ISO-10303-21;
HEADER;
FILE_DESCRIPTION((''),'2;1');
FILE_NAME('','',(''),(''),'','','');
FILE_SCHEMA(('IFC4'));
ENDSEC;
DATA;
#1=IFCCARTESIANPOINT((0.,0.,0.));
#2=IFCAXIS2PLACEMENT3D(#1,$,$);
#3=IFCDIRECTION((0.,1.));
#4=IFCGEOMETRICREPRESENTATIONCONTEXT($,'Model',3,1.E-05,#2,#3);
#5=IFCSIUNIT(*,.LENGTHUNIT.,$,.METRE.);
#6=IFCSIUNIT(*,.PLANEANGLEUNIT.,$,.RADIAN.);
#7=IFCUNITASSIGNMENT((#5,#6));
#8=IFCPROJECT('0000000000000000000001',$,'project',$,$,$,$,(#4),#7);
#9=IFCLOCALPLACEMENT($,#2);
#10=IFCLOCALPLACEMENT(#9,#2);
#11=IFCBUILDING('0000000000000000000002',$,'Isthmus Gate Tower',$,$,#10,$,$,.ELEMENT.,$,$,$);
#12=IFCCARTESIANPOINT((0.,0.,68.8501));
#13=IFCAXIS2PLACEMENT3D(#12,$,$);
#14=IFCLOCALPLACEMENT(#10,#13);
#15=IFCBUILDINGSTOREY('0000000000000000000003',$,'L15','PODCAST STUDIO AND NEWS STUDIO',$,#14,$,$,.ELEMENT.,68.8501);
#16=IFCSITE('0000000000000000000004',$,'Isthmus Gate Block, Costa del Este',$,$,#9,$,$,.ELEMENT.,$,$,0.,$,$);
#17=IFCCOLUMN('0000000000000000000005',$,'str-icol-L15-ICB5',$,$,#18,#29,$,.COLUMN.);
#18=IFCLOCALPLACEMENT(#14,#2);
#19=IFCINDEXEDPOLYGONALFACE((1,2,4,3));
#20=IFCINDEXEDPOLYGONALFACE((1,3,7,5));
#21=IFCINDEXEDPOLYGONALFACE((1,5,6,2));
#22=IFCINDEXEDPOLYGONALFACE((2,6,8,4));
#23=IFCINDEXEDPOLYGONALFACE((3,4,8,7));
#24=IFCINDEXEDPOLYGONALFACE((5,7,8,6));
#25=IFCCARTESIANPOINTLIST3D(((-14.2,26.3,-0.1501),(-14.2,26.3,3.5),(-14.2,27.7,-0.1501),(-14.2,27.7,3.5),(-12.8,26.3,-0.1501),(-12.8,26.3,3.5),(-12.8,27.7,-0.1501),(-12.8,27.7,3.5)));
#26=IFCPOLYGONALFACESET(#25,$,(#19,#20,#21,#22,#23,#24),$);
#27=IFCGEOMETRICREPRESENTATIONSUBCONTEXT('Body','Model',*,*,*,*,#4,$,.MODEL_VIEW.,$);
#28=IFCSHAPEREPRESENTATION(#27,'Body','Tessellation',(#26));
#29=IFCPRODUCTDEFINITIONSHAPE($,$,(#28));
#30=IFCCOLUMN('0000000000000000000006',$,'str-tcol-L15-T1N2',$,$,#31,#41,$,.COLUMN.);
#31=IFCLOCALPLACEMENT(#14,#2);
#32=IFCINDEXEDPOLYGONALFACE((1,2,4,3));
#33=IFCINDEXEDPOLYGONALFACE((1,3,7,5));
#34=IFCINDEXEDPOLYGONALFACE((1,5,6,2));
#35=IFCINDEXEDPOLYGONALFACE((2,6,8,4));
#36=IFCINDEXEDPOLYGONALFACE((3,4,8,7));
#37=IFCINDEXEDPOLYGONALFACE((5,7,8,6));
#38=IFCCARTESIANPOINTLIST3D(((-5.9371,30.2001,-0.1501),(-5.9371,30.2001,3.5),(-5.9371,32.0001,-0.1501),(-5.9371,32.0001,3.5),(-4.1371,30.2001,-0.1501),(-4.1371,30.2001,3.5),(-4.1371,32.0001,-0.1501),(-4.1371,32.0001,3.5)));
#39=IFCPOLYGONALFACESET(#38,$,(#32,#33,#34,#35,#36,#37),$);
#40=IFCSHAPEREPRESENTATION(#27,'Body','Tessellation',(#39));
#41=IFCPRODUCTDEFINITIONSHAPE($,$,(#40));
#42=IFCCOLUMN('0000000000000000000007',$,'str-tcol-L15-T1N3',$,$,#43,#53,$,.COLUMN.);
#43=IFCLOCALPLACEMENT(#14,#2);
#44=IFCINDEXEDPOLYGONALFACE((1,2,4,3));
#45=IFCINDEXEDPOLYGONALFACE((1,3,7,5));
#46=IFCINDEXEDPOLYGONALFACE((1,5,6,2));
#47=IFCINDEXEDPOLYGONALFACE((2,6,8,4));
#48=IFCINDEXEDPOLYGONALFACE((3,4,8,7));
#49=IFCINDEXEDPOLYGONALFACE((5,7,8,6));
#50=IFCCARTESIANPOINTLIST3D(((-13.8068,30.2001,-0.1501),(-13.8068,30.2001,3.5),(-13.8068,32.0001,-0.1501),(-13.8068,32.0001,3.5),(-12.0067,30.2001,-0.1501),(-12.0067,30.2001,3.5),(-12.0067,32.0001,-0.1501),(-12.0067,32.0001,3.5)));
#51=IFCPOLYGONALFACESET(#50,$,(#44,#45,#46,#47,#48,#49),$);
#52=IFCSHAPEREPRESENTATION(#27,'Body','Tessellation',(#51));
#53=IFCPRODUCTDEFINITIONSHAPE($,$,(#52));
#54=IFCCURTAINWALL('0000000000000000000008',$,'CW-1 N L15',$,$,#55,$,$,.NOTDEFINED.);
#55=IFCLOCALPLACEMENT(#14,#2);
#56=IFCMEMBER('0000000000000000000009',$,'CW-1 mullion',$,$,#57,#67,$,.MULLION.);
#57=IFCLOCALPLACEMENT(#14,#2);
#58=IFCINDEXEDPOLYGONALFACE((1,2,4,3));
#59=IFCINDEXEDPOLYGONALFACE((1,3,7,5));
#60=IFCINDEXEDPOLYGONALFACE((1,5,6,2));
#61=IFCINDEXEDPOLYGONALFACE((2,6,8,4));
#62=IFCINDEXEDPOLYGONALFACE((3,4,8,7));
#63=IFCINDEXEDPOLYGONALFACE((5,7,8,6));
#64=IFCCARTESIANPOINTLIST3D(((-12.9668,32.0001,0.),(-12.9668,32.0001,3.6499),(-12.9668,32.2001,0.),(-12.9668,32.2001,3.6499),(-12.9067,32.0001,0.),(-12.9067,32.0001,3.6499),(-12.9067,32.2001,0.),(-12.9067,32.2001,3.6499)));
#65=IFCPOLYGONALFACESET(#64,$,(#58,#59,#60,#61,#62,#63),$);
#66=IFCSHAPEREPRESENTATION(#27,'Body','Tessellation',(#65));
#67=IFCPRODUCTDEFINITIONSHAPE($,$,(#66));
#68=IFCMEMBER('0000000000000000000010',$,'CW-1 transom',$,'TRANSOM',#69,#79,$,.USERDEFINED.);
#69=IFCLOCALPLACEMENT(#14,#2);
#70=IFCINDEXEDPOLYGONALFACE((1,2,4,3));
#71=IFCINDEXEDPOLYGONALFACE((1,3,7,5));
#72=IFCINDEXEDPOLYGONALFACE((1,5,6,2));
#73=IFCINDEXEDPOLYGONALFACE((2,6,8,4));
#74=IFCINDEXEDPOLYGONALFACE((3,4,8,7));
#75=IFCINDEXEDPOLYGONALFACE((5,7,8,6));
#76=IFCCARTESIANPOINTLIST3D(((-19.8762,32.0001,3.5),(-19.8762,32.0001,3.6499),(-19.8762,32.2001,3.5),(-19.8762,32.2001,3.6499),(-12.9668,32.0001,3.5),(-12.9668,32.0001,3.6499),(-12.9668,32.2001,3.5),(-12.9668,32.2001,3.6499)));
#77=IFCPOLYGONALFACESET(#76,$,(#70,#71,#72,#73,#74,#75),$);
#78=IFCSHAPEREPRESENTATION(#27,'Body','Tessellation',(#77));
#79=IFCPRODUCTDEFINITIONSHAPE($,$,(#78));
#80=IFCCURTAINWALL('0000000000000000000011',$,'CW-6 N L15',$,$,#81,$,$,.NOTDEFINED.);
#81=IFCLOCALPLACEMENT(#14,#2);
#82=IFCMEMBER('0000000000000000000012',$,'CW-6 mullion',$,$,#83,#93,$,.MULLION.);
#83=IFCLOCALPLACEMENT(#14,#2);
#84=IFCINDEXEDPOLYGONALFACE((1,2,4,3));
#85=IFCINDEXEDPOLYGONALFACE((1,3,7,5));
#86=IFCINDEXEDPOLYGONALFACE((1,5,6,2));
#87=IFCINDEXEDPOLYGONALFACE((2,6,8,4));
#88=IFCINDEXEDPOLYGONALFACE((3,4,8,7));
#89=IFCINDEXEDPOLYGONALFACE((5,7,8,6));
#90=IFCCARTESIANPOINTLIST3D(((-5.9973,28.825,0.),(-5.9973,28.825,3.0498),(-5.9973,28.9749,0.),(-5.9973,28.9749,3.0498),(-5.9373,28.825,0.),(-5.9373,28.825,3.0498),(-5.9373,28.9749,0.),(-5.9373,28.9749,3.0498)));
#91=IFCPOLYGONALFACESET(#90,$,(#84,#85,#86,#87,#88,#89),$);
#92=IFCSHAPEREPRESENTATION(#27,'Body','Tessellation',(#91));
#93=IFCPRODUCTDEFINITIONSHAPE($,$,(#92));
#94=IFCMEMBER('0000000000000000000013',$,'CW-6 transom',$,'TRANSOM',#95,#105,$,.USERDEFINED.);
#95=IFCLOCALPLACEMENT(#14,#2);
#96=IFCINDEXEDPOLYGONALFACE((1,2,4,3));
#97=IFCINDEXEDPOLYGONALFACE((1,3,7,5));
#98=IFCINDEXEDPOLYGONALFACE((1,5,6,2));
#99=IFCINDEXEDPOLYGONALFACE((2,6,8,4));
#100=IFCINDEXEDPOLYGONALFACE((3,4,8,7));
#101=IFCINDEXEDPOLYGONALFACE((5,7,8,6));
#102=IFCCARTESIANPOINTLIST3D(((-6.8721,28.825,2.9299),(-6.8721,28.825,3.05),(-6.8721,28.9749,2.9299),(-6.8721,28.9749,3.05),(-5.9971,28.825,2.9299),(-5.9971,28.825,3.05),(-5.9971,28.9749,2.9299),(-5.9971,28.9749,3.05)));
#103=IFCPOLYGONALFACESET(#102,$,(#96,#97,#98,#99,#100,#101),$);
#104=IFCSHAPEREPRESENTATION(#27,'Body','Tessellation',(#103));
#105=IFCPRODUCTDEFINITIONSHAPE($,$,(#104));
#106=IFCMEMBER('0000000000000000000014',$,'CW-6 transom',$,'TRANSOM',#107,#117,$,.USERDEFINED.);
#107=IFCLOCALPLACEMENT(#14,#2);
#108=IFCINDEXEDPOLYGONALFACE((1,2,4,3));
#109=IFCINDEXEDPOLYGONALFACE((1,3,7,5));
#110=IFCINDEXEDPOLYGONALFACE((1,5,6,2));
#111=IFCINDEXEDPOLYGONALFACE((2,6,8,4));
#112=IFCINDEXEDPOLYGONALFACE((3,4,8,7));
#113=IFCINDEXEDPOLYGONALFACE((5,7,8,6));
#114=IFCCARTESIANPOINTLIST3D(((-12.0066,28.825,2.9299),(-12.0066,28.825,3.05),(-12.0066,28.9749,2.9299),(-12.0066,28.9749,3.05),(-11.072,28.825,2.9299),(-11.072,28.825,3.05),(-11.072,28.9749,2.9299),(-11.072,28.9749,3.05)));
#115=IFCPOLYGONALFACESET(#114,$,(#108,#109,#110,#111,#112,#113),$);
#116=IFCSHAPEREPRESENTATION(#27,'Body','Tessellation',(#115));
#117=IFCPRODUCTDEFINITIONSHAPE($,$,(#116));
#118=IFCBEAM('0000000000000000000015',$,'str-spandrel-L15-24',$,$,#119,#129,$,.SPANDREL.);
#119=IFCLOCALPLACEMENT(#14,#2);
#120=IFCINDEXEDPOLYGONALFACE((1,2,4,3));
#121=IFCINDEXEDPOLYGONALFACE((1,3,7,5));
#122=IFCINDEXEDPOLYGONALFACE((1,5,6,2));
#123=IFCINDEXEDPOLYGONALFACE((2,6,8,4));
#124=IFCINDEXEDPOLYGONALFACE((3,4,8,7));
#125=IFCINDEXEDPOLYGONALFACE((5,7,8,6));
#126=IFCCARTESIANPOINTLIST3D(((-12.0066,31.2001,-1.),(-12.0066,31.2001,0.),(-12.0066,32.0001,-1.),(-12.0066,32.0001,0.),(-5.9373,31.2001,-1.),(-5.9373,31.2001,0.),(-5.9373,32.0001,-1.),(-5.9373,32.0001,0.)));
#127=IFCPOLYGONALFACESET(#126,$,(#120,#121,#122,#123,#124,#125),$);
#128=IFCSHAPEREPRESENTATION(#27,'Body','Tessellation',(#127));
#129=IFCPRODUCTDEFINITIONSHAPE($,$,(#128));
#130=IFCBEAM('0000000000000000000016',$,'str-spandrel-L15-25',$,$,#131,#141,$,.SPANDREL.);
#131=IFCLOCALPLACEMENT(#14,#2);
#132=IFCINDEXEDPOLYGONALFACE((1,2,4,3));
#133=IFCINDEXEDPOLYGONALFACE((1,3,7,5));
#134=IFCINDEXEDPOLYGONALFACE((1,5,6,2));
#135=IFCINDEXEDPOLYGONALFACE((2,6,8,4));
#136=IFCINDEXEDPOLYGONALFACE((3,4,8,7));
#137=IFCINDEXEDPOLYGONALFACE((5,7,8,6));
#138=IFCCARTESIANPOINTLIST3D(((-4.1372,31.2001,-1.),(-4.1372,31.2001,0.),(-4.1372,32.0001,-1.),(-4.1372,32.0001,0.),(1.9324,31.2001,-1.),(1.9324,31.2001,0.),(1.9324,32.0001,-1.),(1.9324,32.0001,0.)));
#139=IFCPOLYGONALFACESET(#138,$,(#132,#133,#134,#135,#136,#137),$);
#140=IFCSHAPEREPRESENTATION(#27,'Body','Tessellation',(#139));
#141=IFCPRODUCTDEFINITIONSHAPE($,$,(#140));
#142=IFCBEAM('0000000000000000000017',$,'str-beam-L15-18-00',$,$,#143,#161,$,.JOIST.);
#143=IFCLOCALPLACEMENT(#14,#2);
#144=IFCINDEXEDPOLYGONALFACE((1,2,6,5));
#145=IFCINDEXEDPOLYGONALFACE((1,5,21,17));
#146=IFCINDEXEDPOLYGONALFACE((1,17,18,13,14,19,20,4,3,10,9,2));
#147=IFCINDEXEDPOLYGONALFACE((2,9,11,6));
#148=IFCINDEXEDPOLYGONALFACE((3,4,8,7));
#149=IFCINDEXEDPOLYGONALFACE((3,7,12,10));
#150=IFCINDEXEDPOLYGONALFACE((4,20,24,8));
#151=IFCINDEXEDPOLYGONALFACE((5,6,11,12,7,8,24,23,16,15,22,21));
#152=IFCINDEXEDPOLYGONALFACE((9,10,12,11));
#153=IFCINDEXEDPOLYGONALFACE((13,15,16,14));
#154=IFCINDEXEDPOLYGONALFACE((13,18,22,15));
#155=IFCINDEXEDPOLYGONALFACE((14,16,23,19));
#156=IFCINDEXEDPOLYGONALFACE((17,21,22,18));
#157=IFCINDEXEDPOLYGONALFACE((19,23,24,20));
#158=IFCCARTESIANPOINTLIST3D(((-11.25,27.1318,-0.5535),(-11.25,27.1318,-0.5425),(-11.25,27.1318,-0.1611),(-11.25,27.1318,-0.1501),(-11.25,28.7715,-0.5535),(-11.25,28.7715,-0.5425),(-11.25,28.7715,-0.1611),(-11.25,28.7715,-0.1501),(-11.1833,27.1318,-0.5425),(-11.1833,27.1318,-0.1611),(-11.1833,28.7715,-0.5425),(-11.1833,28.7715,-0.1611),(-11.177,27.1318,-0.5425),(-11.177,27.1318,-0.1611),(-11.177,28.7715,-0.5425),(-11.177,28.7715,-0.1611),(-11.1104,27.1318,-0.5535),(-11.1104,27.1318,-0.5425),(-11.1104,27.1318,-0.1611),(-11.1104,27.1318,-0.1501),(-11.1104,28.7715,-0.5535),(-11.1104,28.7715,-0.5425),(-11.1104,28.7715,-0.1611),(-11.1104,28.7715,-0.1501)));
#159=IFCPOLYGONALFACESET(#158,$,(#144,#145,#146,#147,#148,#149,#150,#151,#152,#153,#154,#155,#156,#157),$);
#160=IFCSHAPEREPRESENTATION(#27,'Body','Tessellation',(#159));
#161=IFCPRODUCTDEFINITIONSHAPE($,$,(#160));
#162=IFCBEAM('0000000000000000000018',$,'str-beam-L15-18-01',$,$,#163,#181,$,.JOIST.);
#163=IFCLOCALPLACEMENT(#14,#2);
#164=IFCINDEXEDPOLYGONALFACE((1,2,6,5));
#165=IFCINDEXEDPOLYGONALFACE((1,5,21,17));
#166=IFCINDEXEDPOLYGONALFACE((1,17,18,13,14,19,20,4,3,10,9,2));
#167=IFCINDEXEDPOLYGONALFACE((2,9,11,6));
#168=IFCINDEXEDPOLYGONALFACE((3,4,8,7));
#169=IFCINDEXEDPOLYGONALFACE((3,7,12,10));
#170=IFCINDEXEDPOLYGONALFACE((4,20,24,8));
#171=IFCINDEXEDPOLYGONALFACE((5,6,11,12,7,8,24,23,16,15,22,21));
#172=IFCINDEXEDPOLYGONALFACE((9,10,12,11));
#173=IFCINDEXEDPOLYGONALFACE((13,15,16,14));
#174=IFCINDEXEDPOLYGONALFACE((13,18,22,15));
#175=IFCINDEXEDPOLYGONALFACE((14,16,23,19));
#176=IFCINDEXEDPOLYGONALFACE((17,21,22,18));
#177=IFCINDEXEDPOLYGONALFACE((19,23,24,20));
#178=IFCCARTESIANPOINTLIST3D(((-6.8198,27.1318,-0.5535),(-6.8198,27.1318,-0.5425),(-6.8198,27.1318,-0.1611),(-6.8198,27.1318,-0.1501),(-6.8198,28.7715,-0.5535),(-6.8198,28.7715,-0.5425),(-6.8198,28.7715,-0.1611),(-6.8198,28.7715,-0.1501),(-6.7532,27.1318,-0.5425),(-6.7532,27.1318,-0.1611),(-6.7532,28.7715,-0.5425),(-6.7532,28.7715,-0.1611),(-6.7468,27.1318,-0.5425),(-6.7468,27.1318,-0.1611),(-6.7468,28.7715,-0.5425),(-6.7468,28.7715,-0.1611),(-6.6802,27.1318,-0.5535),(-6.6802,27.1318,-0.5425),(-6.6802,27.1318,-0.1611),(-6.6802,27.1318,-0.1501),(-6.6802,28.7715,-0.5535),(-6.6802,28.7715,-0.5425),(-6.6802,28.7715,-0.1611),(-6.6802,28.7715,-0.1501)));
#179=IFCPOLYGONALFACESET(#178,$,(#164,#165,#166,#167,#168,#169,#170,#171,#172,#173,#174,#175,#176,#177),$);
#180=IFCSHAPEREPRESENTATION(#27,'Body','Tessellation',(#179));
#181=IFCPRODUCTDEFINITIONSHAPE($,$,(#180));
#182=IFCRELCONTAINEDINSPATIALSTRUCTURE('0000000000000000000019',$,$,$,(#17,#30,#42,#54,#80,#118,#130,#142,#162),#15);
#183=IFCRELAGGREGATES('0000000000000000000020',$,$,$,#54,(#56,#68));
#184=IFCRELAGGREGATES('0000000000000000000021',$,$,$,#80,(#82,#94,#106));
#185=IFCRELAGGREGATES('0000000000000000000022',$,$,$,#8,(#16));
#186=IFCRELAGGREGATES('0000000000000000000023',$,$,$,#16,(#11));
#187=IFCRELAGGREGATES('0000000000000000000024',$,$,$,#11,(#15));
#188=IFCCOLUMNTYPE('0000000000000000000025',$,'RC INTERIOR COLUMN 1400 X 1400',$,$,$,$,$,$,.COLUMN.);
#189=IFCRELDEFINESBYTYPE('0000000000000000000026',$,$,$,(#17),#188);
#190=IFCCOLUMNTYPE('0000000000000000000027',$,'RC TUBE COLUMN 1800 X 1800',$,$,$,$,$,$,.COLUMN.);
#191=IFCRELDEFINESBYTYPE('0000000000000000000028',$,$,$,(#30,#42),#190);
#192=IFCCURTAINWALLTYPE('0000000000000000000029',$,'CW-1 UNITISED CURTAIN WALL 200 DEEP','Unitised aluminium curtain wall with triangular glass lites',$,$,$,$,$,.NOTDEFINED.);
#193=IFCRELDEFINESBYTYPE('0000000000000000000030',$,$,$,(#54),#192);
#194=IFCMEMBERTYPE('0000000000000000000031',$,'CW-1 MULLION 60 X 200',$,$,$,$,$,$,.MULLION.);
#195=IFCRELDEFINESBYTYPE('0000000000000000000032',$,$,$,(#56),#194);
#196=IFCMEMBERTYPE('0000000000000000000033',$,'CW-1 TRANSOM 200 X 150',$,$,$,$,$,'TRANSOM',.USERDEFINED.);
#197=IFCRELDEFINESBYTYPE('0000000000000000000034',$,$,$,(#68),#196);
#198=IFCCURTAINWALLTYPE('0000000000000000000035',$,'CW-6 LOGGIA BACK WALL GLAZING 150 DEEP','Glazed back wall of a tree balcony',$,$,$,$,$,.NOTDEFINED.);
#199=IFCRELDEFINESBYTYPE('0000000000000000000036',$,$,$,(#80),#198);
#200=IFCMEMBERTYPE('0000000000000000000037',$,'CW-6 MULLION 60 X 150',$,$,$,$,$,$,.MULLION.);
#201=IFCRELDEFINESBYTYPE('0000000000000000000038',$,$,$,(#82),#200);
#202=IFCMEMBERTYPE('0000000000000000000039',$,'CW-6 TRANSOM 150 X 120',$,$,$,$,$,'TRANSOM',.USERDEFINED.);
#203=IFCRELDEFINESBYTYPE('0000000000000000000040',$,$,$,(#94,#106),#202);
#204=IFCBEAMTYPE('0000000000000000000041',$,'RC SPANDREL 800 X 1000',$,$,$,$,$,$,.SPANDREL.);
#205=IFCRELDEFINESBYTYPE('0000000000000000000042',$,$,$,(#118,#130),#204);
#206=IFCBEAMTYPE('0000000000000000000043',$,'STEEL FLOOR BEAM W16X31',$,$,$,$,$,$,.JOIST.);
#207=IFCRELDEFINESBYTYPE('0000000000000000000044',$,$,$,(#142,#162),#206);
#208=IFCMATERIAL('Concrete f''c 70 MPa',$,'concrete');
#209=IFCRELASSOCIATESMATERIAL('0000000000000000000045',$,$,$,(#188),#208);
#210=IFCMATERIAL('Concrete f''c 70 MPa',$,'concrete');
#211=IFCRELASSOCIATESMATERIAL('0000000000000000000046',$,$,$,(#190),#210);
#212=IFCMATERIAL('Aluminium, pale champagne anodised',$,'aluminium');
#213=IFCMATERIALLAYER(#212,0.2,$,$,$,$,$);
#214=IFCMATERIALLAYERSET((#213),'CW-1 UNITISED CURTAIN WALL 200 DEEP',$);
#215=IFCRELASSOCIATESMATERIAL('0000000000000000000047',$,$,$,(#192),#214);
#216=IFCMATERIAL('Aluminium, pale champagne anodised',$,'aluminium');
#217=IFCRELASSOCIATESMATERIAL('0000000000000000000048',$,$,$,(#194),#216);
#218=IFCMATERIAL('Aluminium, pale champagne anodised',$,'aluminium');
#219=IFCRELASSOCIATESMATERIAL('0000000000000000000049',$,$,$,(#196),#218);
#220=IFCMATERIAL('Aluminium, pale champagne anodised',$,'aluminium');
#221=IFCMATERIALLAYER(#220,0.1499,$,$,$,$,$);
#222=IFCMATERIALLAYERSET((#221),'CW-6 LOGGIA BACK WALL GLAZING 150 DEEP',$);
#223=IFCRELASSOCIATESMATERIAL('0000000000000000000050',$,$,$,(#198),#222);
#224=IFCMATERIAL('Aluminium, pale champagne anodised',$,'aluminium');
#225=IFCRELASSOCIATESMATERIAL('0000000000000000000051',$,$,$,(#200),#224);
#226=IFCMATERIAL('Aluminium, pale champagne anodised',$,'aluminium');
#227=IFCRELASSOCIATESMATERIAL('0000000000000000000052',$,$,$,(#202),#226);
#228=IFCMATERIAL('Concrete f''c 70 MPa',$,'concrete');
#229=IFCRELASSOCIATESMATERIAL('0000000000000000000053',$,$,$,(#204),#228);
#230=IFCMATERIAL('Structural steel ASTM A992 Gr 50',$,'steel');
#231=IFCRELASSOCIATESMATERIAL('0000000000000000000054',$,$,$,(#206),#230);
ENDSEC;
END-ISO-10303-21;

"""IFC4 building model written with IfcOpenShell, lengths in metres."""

from ifc_helpers import new_model, si_unit, direction, frame, origin, origin_2d, place, context, subcontext, project, spatial, rectangle, i_section, extrude, material, layer, layer_set, material_profile, profile_set, type_object, element, aggregate, save


model = new_model("IFC4")

# Units and contexts
model_context = context("Model", 3, precision=1e-05, world=origin(), true_north=direction((0.0, 1.0)))
body_context = subcontext(model_context, "Body", "Model", "MODEL_VIEW")
ifc_project = project(units=[si_unit("LENGTHUNIT", "METRE"), si_unit("PLANEANGLEUNIT", "RADIAN")], contexts=[model_context])

# Site, building, storey
site_placement = place(None, origin())
site = spatial("IfcSite", under=ifc_project, at=site_placement, Name="Isthmus Gate Block, Costa del Este", CompositionType="ELEMENT", RefElevation=0.0)
building_placement = place(site_placement, origin())
building = spatial("IfcBuilding", under=site, at=building_placement, Name="Isthmus Gate Tower", CompositionType="ELEMENT")
storey_placement = place(building_placement, frame((0.0, 0.0, 68.8501)))
storey = spatial("IfcBuildingStorey", under=building, at=storey_placement, Name="L15", Description="PODCAST STUDIO AND NEWS STUDIO", CompositionType="ELEMENT", Elevation=68.8501)

# Columns
ifc_material_1 = material(Name="Concrete f'c 70 MPa", Category="concrete")
ifc_material_profile_1 = material_profile(ifc_material_1, rectangle(XDim=1.3999, YDim=1.3999, at=origin_2d()), Name="RC 1400X1400")
ifc_profile_set_1 = profile_set([ifc_material_profile_1], Name="Concrete f'c 70 MPa")
column_type_1 = type_object("IfcColumnType", Name="RC INTERIOR COLUMN 1400 X 1400", PredefinedType="COLUMN", material=ifc_profile_set_1)
column_placement = place(storey_placement, frame((-13.5, 27.0, -0.1501), z_axis=(0.0, 0.0, 1.0), x_axis=(1.0, 0.0, 0.0)))
element("IfcColumn", 1, at=column_placement, inside=storey, type_object=column_type_1, Name="str-icol-L15-ICB5", PredefinedType="COLUMN", context=body_context, shape_type="SweptSolid", body=[
    extrude(rectangle(XDim=1.3999, YDim=1.3999, at=origin_2d()), origin(), (0.0, 0.0, 1.0), 3.6501),
])
ifc_material_2 = material(Name="Concrete f'c 70 MPa", Category="concrete")
ifc_material_profile_2 = material_profile(ifc_material_2, rectangle(XDim=1.8, YDim=1.8, at=origin_2d()), Name="RC 1800X1800")
ifc_profile_set_2 = profile_set([ifc_material_profile_2], Name="Concrete f'c 70 MPa")
column_type_2 = type_object("IfcColumnType", Name="RC TUBE COLUMN 1800 X 1800", PredefinedType="COLUMN", material=ifc_profile_set_2)
for number, where, z_axis, x_axis, name in (
    (2, (-5.0371, 31.1001, -0.1501), (0.0, 0.0, 1.0), (-1.0, 0.0, 0.0), "str-tcol-L15-T1N2"),
    (3, (-12.9067, 31.1001, -0.1501), (0.0, 0.0, 1.0), (-1.0, 0.0, 0.0), "str-tcol-L15-T1N3"),
):
    element("IfcColumn", number, at=place(storey_placement, frame(where, z_axis=z_axis, x_axis=x_axis)), inside=storey, type_object=column_type_2, Name=name, PredefinedType="COLUMN", context=body_context, shape_type="SweptSolid", body=[
        extrude(rectangle(XDim=1.8, YDim=1.8, at=origin_2d()), origin(), (0.0, 0.0, 1.0), 3.6501),
    ])

# Curtain walls, members
ifc_material_3 = material(Name="Aluminium, pale champagne anodised", Category="aluminium")
ifc_layer_1 = layer(ifc_material_3, 0.2)
ifc_layer_set_1 = layer_set([ifc_layer_1], Name="CW-1 UNITISED CURTAIN WALL 200 DEEP")
curtain_wall_type_1 = type_object("IfcCurtainWallType", Name="CW-1 UNITISED CURTAIN WALL 200 DEEP", Description="Unitised aluminium curtain wall with triangular glass lites", PredefinedType="NOTDEFINED", material=ifc_layer_set_1)
curtain_wall_1_placement = place(storey_placement, origin())
curtain_wall_1 = element("IfcCurtainWall", 4, at=curtain_wall_1_placement, inside=storey, type_object=curtain_wall_type_1, Name="CW-1 N L15", PredefinedType="NOTDEFINED")
ifc_material_4 = material(Name="Aluminium, pale champagne anodised", Category="aluminium")
ifc_material_profile_3 = material_profile(ifc_material_4, rectangle(XDim=0.0601, YDim=0.2, at=origin_2d()), Name="60x200")
ifc_profile_set_3 = profile_set([ifc_material_profile_3], Name="Aluminium, pale champagne anodised")
member_type_1 = type_object("IfcMemberType", Name="CW-1 MULLION 60 X 200", PredefinedType="MULLION", material=ifc_profile_set_3)
member_1_placement = place(storey_placement, frame((-12.9368, 32.1001, 0.0), z_axis=(0.0, 0.0, 1.0), x_axis=(-1.0, 0.0, 0.0)))
member_1 = element("IfcMember", 5, at=member_1_placement, type_object=member_type_1, Name="CW-1 mullion", PredefinedType="MULLION", context=body_context, shape_type="SweptSolid", body=[
    extrude(rectangle(XDim=0.0601, YDim=0.2, at=origin_2d()), origin(), (0.0, 0.0, 1.0), 3.6499),
])
ifc_material_5 = material(Name="Aluminium, pale champagne anodised", Category="aluminium")
ifc_material_profile_4 = material_profile(ifc_material_5, rectangle(XDim=0.2, YDim=0.1499, at=origin_2d()), Name="200x150")
ifc_profile_set_4 = profile_set([ifc_material_profile_4], Name="Aluminium, pale champagne anodised")
member_type_2 = type_object("IfcMemberType", Name="CW-1 TRANSOM 200 X 150", ElementType="TRANSOM", PredefinedType="USERDEFINED", material=ifc_profile_set_4)
member_2_placement = place(storey_placement, frame((-12.9668, 32.1001, 3.575), z_axis=(-1.0, 0.0, 0.0), x_axis=(0.0, -1.0, 0.0)))
member_2 = element("IfcMember", 6, at=member_2_placement, type_object=member_type_2, Name="CW-1 transom", ObjectType="TRANSOM", PredefinedType="USERDEFINED", context=body_context, shape_type="SweptSolid", body=[
    extrude(rectangle(XDim=0.2, YDim=0.1499, at=origin_2d()), origin(), (0.0, 0.0, 1.0), 6.9094),
])
ifc_material_6 = material(Name="Aluminium, pale champagne anodised", Category="aluminium")
ifc_layer_2 = layer(ifc_material_6, 0.1499)
ifc_layer_set_2 = layer_set([ifc_layer_2], Name="CW-6 LOGGIA BACK WALL GLAZING 150 DEEP")
curtain_wall_type_2 = type_object("IfcCurtainWallType", Name="CW-6 LOGGIA BACK WALL GLAZING 150 DEEP", Description="Glazed back wall of a tree balcony", PredefinedType="NOTDEFINED", material=ifc_layer_set_2)
curtain_wall_2_placement = place(storey_placement, origin())
curtain_wall_2 = element("IfcCurtainWall", 7, at=curtain_wall_2_placement, inside=storey, type_object=curtain_wall_type_2, Name="CW-6 N L15", PredefinedType="NOTDEFINED")
ifc_material_7 = material(Name="Aluminium, pale champagne anodised", Category="aluminium")
ifc_material_profile_5 = material_profile(ifc_material_7, rectangle(XDim=0.0601, YDim=0.1499, at=origin_2d()), Name="60x150")
ifc_profile_set_5 = profile_set([ifc_material_profile_5], Name="Aluminium, pale champagne anodised")
member_type_3 = type_object("IfcMemberType", Name="CW-6 MULLION 60 X 150", PredefinedType="MULLION", material=ifc_profile_set_5)
member_3_placement = place(storey_placement, frame((-5.9673, 28.8999, 0.0), z_axis=(0.0, 0.0, 1.0), x_axis=(-1.0, 0.0, 0.0)))
member_3 = element("IfcMember", 8, at=member_3_placement, type_object=member_type_3, Name="CW-6 mullion", PredefinedType="MULLION", context=body_context, shape_type="SweptSolid", body=[
    extrude(rectangle(XDim=0.0601, YDim=0.1499, at=origin_2d()), origin(), (0.0, 0.0, 1.0), 3.0498),
])
ifc_material_8 = material(Name="Aluminium, pale champagne anodised", Category="aluminium")
ifc_material_profile_6 = material_profile(ifc_material_8, rectangle(XDim=0.1499, YDim=0.1201, at=origin_2d()), Name="150x120")
ifc_profile_set_6 = profile_set([ifc_material_profile_6], Name="Aluminium, pale champagne anodised")
member_type_4 = type_object("IfcMemberType", Name="CW-6 TRANSOM 150 X 120", ElementType="TRANSOM", PredefinedType="USERDEFINED", material=ifc_profile_set_6)
member_4_placement = place(storey_placement, frame((-5.9971, 28.8999, 2.99), z_axis=(-1.0, 0.0, 0.0), x_axis=(0.0, -1.0, 0.0)))
member_4 = element("IfcMember", 9, at=member_4_placement, type_object=member_type_4, Name="CW-6 transom", ObjectType="TRANSOM", PredefinedType="USERDEFINED", context=body_context, shape_type="SweptSolid", body=[
    extrude(rectangle(XDim=0.1499, YDim=0.1201, at=origin_2d()), origin(), (0.0, 0.0, 1.0), 0.875),
])
member_5_placement = place(storey_placement, frame((-11.072, 28.8999, 2.99), z_axis=(-1.0, 0.0, 0.0), x_axis=(0.0, -1.0, 0.0)))
member_5 = element("IfcMember", 10, at=member_5_placement, type_object=member_type_4, Name="CW-6 transom", ObjectType="TRANSOM", PredefinedType="USERDEFINED", context=body_context, shape_type="SweptSolid", body=[
    extrude(rectangle(XDim=0.1499, YDim=0.1201, at=origin_2d()), origin(), (0.0, 0.0, 1.0), 0.9346),
])

# Beams
ifc_material_9 = material(Name="Concrete f'c 70 MPa", Category="concrete")
ifc_material_profile_7 = material_profile(ifc_material_9, rectangle(XDim=0.8, YDim=1.0, at=origin_2d()), Name="RC 800X1000")
ifc_profile_set_7 = profile_set([ifc_material_profile_7], Name="Concrete f'c 70 MPa")
beam_type_1 = type_object("IfcBeamType", Name="RC SPANDREL 800 X 1000", PredefinedType="SPANDREL", material=ifc_profile_set_7)
beam_1_placement = place(storey_placement, frame((-12.0066, 31.6001, -0.5), z_axis=(1.0, 0.0, 0.0), x_axis=(0.0, 1.0, 0.0)))
element("IfcBeam", 11, at=beam_1_placement, inside=storey, type_object=beam_type_1, Name="str-spandrel-L15-24", PredefinedType="SPANDREL", context=body_context, shape_type="SweptSolid", body=[
    extrude(rectangle(XDim=0.8, YDim=1.0, at=origin_2d()), origin(), (0.0, 0.0, 1.0), 6.0693),
])
beam_2_placement = place(storey_placement, frame((-4.1372, 31.6001, -0.5), z_axis=(1.0, 0.0, 0.0), x_axis=(0.0, 1.0, 0.0)))
element("IfcBeam", 12, at=beam_2_placement, inside=storey, type_object=beam_type_1, Name="str-spandrel-L15-25", PredefinedType="SPANDREL", context=body_context, shape_type="SweptSolid", body=[
    extrude(rectangle(XDim=0.8, YDim=1.0, at=origin_2d()), origin(), (0.0, 0.0, 1.0), 6.0696),
])
ifc_material_10 = material(Name="Structural steel ASTM A992 Gr 50", Category="steel")
ifc_material_profile_8 = material_profile(ifc_material_10, i_section(OverallWidth=0.1396, OverallDepth=0.4033, WebThickness=0.0063, FlangeThickness=0.011, at=origin_2d()), Name="W16X31")
ifc_profile_set_8 = profile_set([ifc_material_profile_8], Name="Structural steel ASTM A992 Gr 50")
beam_type_2 = type_object("IfcBeamType", Name="STEEL FLOOR BEAM W16X31", PredefinedType="JOIST", material=ifc_profile_set_8)
for number, where, z_axis, x_axis, name in (
    (13, (-11.1802, 27.1318, -0.3518), (0.0, 1.0, 0.0), (-1.0, 0.0, 0.0), "str-beam-L15-18-00"),
    (14, (-6.75, 27.1318, -0.3518), (0.0, 1.0, 0.0), (-1.0, 0.0, 0.0), "str-beam-L15-18-01"),
):
    element("IfcBeam", number, at=place(storey_placement, frame(where, z_axis=z_axis, x_axis=x_axis)), inside=storey, type_object=beam_type_2, Name=name, PredefinedType="JOIST", context=body_context, shape_type="SweptSolid", body=[
        extrude(i_section(OverallWidth=0.1396, OverallDepth=0.4033, WebThickness=0.0063, FlangeThickness=0.011, at=origin_2d()), origin(), (0.0, 0.0, 1.0), 1.6396),
    ])

aggregate(curtain_wall_1, [member_1, member_2])
aggregate(curtain_wall_2, [member_3, member_4, member_5])

save(model, "model.ifc")
